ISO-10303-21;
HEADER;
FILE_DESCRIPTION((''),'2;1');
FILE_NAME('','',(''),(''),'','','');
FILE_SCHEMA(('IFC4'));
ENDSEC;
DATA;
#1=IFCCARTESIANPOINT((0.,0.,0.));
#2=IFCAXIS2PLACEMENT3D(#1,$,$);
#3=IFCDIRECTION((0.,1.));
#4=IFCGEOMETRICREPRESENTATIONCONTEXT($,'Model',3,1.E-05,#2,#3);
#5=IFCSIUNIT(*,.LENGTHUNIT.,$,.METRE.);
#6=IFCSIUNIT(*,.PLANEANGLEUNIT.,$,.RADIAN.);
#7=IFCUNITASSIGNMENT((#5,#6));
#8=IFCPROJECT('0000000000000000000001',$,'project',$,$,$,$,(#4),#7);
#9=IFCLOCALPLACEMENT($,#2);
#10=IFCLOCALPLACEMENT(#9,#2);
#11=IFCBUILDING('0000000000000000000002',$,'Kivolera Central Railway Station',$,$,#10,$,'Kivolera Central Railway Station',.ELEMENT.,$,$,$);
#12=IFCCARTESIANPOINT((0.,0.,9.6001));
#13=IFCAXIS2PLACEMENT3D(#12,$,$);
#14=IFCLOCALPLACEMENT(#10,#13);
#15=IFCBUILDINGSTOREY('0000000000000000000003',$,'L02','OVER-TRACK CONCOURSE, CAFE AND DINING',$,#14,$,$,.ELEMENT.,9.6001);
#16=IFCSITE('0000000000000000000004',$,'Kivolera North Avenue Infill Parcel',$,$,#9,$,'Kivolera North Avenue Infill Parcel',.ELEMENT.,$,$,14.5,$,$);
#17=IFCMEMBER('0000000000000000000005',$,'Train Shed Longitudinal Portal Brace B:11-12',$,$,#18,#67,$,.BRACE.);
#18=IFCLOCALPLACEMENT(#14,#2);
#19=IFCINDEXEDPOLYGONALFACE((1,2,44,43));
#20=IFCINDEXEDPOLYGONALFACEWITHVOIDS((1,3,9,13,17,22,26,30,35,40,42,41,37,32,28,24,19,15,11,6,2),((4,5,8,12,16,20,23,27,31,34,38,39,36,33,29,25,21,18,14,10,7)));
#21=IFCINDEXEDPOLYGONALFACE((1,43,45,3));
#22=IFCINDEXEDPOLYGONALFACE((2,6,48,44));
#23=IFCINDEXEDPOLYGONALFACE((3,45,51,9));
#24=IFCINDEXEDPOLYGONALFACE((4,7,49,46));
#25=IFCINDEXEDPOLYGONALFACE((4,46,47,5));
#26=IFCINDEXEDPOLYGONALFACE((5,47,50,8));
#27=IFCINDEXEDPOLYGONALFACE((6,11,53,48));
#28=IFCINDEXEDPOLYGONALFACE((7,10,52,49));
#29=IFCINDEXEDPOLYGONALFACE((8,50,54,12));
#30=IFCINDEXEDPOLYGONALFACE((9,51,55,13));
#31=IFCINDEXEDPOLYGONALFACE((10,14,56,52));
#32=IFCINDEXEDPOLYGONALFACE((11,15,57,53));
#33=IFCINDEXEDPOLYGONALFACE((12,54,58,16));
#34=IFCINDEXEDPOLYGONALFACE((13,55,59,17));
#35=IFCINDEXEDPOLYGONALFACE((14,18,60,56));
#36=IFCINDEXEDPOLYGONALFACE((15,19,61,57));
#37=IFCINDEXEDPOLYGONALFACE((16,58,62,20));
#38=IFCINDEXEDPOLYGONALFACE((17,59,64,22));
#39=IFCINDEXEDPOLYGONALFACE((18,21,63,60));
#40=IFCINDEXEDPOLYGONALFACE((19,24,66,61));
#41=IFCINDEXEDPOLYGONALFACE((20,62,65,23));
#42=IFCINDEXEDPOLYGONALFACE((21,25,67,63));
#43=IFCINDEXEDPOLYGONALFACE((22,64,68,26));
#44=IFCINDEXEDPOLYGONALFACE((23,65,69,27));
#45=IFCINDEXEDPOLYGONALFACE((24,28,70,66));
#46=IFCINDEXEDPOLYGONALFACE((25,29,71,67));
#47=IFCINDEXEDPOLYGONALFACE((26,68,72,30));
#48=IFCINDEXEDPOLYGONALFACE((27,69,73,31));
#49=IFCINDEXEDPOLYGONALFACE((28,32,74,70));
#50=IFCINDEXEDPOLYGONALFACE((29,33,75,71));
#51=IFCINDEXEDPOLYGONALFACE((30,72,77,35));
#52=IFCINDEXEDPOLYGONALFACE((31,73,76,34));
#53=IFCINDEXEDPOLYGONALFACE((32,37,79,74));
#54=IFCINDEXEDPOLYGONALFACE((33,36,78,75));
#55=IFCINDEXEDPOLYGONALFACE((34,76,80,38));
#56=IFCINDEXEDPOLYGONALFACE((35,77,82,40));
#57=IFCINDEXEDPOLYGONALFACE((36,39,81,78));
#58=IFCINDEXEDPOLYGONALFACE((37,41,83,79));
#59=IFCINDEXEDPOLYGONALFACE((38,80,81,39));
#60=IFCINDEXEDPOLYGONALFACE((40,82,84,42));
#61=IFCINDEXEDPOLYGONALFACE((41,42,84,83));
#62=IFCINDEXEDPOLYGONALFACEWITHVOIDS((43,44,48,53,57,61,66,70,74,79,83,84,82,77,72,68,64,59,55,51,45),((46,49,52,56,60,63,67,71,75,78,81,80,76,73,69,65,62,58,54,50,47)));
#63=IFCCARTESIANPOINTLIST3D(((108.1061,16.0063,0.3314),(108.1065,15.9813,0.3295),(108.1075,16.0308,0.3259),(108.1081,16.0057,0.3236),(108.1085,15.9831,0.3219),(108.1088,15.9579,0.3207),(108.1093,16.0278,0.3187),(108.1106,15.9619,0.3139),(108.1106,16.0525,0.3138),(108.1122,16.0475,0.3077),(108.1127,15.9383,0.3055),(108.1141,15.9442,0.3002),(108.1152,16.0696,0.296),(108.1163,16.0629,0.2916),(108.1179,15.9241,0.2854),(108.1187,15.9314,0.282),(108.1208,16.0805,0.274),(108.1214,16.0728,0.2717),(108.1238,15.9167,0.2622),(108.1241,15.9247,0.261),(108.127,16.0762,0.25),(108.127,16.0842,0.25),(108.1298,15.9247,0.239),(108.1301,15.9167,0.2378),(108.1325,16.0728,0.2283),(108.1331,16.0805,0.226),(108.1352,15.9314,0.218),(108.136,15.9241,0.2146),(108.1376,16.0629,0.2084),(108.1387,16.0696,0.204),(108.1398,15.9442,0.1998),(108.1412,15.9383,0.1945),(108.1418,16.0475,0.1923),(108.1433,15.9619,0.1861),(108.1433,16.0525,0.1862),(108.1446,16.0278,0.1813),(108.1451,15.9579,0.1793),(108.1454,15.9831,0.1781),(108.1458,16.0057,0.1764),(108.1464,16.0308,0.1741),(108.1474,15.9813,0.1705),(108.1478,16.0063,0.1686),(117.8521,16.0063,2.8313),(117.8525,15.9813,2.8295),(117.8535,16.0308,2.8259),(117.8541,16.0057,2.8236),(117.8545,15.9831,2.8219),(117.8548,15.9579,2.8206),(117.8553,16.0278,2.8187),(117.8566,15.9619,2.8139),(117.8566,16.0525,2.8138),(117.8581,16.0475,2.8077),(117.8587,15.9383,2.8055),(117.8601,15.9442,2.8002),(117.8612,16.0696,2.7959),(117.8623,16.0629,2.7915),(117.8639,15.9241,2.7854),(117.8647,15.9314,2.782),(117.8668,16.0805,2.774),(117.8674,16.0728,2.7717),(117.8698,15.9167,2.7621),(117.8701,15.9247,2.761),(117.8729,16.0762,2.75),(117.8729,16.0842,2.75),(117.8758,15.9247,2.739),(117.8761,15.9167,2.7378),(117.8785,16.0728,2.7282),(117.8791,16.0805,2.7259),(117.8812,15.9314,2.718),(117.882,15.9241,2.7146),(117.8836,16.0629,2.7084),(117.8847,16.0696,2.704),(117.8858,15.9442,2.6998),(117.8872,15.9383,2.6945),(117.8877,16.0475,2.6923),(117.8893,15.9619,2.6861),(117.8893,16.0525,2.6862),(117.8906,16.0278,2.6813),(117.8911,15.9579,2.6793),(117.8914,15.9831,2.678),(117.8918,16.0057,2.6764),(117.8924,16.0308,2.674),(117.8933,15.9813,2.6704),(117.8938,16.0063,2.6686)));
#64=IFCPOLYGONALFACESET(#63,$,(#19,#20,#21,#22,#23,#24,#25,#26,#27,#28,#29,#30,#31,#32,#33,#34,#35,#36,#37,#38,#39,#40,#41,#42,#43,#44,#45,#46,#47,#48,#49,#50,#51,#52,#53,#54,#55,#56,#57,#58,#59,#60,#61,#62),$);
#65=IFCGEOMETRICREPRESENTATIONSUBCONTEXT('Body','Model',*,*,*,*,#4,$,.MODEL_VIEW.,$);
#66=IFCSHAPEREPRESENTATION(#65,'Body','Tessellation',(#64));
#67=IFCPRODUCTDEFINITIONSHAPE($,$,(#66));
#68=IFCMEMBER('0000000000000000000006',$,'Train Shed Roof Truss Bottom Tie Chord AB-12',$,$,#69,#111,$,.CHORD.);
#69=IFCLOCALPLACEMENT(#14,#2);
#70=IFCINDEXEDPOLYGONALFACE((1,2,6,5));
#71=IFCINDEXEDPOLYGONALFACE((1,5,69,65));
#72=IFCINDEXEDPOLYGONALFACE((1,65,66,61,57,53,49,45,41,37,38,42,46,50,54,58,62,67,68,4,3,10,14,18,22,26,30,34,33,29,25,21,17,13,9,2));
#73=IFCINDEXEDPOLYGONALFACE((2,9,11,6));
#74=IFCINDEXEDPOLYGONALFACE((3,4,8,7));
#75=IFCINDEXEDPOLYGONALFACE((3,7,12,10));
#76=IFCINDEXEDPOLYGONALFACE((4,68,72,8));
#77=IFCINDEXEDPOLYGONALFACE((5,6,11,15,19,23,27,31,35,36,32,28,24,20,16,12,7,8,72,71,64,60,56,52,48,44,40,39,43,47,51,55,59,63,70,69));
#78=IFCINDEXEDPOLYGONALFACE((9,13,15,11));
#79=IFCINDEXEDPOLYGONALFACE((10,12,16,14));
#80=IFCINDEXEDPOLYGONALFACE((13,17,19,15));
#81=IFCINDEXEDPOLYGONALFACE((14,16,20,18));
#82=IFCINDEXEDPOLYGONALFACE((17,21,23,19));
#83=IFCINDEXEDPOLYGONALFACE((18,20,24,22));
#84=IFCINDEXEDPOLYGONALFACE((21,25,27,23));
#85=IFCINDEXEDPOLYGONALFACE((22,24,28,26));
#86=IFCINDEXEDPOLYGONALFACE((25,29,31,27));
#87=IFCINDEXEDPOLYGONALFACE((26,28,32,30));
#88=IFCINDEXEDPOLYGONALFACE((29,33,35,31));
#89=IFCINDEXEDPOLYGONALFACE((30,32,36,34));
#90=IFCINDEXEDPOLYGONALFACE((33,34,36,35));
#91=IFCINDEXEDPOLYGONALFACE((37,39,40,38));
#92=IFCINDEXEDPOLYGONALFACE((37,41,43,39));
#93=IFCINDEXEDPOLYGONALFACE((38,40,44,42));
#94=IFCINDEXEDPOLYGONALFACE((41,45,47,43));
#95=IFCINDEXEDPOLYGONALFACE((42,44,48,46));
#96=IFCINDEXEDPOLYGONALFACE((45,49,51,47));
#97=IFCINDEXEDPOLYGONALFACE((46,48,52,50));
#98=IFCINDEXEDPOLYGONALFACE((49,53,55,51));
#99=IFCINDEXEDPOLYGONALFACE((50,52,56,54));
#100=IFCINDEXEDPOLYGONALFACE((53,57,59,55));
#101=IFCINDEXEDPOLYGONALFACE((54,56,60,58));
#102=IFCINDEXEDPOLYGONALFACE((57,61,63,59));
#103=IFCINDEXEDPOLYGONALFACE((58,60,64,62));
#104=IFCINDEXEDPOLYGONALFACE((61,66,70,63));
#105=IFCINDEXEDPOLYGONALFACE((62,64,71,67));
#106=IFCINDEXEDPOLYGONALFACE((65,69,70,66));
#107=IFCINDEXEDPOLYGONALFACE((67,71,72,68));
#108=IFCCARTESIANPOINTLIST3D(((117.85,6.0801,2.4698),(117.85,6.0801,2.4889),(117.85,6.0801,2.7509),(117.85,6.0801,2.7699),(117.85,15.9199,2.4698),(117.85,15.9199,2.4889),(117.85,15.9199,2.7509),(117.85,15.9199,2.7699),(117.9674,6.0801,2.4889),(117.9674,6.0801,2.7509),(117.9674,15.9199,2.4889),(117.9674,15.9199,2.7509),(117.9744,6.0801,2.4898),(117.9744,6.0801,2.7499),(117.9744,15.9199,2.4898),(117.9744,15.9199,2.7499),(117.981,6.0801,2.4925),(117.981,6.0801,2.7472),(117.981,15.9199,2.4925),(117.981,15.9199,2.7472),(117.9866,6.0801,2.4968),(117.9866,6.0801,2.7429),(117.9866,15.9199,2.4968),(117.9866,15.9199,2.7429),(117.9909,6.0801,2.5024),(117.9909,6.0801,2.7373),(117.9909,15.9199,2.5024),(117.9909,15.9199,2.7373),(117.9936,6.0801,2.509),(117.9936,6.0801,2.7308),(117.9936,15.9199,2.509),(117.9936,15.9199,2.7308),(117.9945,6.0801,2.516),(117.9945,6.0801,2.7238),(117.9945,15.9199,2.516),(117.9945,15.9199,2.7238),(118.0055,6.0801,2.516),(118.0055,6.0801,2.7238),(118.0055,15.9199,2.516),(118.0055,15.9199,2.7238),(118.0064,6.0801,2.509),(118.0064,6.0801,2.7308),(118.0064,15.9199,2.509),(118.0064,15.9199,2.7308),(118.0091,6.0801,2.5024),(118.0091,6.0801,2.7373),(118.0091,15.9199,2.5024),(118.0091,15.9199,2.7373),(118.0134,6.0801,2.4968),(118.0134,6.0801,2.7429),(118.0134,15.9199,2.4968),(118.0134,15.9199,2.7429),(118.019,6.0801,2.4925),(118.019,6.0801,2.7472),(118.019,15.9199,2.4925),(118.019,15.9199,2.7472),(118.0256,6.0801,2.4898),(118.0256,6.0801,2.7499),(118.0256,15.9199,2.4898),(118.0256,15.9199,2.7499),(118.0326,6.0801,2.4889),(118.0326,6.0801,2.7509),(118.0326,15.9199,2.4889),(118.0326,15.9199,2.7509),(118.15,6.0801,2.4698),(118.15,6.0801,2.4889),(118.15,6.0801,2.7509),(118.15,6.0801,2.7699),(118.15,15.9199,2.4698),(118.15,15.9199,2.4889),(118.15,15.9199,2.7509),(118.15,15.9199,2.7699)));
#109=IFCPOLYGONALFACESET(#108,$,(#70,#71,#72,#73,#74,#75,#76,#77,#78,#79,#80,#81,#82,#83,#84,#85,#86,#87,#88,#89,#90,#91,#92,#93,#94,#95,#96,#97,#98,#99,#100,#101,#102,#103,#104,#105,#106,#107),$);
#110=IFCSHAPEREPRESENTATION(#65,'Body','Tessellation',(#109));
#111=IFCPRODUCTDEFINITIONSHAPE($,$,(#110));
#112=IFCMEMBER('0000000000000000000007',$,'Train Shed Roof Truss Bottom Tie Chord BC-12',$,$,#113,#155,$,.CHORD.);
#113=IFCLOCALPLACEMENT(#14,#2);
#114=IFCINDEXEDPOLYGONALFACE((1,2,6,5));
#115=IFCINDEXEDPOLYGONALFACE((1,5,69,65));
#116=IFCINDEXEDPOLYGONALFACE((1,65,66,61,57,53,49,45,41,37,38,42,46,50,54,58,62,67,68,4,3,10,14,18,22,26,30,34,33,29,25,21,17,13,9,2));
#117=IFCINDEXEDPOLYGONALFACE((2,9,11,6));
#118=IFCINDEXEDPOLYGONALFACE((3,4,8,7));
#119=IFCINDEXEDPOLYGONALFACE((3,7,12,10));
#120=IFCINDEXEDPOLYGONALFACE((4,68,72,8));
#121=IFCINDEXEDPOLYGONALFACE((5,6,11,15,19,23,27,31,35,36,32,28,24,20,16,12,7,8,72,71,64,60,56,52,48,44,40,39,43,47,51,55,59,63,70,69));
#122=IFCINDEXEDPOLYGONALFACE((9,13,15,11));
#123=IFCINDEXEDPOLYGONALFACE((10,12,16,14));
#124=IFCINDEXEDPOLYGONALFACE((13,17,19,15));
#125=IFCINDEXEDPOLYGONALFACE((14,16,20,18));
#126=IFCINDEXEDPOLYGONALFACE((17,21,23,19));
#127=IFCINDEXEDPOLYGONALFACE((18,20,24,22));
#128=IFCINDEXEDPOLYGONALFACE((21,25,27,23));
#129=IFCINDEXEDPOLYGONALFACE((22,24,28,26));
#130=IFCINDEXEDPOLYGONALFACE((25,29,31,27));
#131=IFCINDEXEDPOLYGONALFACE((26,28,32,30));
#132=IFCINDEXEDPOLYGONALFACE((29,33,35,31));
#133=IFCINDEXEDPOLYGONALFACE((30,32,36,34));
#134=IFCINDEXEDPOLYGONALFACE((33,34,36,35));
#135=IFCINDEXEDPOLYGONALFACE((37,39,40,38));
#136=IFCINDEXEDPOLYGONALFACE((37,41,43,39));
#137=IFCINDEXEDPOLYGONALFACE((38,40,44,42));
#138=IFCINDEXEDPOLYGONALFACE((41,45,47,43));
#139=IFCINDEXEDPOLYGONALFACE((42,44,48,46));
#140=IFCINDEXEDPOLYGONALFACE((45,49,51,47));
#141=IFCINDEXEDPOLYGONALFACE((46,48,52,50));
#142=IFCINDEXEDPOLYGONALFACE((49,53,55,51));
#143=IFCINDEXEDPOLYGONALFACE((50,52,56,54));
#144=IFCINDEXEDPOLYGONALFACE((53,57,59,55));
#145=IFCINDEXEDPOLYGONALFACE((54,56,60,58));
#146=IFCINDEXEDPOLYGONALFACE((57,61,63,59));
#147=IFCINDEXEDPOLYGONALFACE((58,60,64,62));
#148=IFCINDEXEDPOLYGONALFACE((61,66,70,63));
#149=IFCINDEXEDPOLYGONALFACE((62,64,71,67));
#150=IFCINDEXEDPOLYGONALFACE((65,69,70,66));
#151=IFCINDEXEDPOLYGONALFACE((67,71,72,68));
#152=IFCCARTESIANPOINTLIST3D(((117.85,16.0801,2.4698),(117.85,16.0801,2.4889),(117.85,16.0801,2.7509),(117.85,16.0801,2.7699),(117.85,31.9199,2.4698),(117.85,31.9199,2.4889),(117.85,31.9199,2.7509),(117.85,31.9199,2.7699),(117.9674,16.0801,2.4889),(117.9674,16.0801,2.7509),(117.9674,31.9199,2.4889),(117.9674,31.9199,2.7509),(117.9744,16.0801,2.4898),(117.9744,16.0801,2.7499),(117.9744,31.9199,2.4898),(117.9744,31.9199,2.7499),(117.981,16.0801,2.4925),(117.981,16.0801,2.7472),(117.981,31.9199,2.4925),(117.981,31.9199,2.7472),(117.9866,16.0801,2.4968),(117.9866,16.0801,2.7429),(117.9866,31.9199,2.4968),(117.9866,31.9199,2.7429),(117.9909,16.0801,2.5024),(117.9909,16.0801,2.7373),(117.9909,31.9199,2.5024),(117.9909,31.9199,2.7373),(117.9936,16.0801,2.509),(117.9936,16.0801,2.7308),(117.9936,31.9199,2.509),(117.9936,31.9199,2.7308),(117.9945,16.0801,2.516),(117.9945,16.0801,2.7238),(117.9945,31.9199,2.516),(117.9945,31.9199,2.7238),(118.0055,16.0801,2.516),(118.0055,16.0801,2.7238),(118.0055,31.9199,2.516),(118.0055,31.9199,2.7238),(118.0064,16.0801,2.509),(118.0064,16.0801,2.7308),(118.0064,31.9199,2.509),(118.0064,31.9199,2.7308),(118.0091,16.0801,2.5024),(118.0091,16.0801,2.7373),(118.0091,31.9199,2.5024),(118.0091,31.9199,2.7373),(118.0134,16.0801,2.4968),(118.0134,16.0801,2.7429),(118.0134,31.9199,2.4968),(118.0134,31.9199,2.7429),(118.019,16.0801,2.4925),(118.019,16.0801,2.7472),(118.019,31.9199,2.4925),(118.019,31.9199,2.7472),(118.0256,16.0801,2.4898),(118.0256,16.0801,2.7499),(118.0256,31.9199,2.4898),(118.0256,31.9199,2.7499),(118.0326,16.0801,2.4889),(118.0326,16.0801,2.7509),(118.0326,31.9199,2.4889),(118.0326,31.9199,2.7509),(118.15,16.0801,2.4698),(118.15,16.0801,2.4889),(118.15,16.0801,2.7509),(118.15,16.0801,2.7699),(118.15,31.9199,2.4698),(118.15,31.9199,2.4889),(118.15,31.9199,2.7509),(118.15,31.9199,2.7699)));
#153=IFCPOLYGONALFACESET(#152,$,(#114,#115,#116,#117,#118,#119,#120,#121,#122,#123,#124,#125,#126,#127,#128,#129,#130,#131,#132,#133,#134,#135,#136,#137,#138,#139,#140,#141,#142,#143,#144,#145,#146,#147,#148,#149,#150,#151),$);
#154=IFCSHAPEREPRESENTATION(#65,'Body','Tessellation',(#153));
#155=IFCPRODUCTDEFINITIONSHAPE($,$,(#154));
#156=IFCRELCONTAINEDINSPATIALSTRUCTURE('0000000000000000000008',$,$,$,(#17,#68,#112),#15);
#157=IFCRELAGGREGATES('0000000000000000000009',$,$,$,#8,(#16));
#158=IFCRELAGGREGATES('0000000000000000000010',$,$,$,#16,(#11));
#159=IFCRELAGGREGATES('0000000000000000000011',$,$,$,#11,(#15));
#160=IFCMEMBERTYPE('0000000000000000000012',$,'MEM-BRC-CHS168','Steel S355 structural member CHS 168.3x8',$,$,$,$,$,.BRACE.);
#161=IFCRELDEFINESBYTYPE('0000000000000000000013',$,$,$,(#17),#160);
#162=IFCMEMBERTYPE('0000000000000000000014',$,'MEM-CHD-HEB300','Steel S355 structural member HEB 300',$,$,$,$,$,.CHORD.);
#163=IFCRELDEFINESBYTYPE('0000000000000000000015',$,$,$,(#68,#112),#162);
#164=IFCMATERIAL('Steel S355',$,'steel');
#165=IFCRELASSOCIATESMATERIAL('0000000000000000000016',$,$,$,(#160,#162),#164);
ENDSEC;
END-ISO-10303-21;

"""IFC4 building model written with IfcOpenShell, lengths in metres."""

from ifc_helpers import new_model, si_unit, direction, frame, origin, origin_2d, place, context, subcontext, project, spatial, hollow_circle, i_section, extrude, material, material_profile, profile_set, type_object, element, save


model = new_model("IFC4")

# Units and contexts
model_context = context("Model", 3, precision=1e-05, world=origin(), true_north=direction((0.0, 1.0)))
body_context = subcontext(model_context, "Body", "Model", "MODEL_VIEW")
ifc_project = project(units=[si_unit("LENGTHUNIT", "METRE"), si_unit("PLANEANGLEUNIT", "RADIAN")], contexts=[model_context])

# Site, building, storey
site_placement = place(None, origin())
site = spatial("IfcSite", under=ifc_project, at=site_placement, Name="Kivolera North Avenue Infill Parcel", LongName="Kivolera North Avenue Infill Parcel", CompositionType="ELEMENT", RefElevation=14.5)
building_placement = place(site_placement, origin())
building = spatial("IfcBuilding", under=site, at=building_placement, Name="Kivolera Central Railway Station", LongName="Kivolera Central Railway Station", CompositionType="ELEMENT")
storey_placement = place(building_placement, frame((0.0, 0.0, 9.6001)))
storey = spatial("IfcBuildingStorey", under=building, at=storey_placement, Name="L02", Description="OVER-TRACK CONCOURSE, CAFE AND DINING", CompositionType="ELEMENT", Elevation=9.6001)

# Shared definitions
ifc_material_1 = material(Name="Steel S355", Category="steel")

# Members
ifc_material_profile_1 = material_profile(ifc_material_1, hollow_circle(Radius=0.0842, WallThickness=0.0081, at=origin_2d()), Name="CHS 168.3x8")
ifc_profile_set_1 = profile_set([ifc_material_profile_1], Name="Steel S355")
member_type_1 = type_object("IfcMemberType", Name="MEM-BRC-CHS168", Description="Steel S355 structural member CHS 168.3x8", PredefinedType="BRACE", material=ifc_profile_set_1)
for number, where, z_axis, x_axis, name in (
    (1, (108.127, 16.0, 0.25), (0.96864, 0.0, 0.248469), (0.0, 1.0, 0.0), "Train Shed Longitudinal Portal Brace B:11-12"),
):
    element("IfcMember", number, at=place(storey_placement, frame(where, z_axis=z_axis, x_axis=x_axis)), inside=storey, type_object=member_type_1, Name=name, PredefinedType="BRACE", context=body_context, shape_type="SweptSolid", body=[
        extrude(hollow_circle(Radius=0.0842, WallThickness=0.0081, at=origin_2d()), origin(), (0.0, 0.0, 1.0), 10.0615),
    ])
ifc_material_profile_2 = material_profile(ifc_material_1, i_section(OverallWidth=0.3, OverallDepth=0.3, WebThickness=0.011, FlangeThickness=0.019, FilletRadius=0.0271, at=origin_2d()), Name="HEB 300")
ifc_profile_set_2 = profile_set([ifc_material_profile_2], Name="Steel S355")
member_type_2 = type_object("IfcMemberType", Name="MEM-CHD-HEB300", Description="Steel S355 structural member HEB 300", PredefinedType="CHORD", material=ifc_profile_set_2)
member_1_placement = place(storey_placement, frame((118.0, 6.0801, 2.6199), z_axis=(0.0, 1.0, 0.0), x_axis=(-1.0, 0.0, 0.0)))
element("IfcMember", 2, at=member_1_placement, inside=storey, type_object=member_type_2, Name="Train Shed Roof Truss Bottom Tie Chord AB-12", PredefinedType="CHORD", context=body_context, shape_type="SweptSolid", body=[
    extrude(i_section(OverallWidth=0.3, OverallDepth=0.3, WebThickness=0.011, FlangeThickness=0.019, FilletRadius=0.0271, at=origin_2d()), origin(), (0.0, 0.0, 1.0), 9.8398),
])
member_2_placement = place(storey_placement, frame((118.0, 16.0801, 2.6199), z_axis=(0.0, 1.0, 0.0), x_axis=(-1.0, 0.0, 0.0)))
element("IfcMember", 3, at=member_2_placement, inside=storey, type_object=member_type_2, Name="Train Shed Roof Truss Bottom Tie Chord BC-12", PredefinedType="CHORD", context=body_context, shape_type="SweptSolid", body=[
    extrude(i_section(OverallWidth=0.3, OverallDepth=0.3, WebThickness=0.011, FlangeThickness=0.019, FilletRadius=0.0271, at=origin_2d()), origin(), (0.0, 0.0, 1.0), 15.8398),
])

save(model, "model.ifc")
